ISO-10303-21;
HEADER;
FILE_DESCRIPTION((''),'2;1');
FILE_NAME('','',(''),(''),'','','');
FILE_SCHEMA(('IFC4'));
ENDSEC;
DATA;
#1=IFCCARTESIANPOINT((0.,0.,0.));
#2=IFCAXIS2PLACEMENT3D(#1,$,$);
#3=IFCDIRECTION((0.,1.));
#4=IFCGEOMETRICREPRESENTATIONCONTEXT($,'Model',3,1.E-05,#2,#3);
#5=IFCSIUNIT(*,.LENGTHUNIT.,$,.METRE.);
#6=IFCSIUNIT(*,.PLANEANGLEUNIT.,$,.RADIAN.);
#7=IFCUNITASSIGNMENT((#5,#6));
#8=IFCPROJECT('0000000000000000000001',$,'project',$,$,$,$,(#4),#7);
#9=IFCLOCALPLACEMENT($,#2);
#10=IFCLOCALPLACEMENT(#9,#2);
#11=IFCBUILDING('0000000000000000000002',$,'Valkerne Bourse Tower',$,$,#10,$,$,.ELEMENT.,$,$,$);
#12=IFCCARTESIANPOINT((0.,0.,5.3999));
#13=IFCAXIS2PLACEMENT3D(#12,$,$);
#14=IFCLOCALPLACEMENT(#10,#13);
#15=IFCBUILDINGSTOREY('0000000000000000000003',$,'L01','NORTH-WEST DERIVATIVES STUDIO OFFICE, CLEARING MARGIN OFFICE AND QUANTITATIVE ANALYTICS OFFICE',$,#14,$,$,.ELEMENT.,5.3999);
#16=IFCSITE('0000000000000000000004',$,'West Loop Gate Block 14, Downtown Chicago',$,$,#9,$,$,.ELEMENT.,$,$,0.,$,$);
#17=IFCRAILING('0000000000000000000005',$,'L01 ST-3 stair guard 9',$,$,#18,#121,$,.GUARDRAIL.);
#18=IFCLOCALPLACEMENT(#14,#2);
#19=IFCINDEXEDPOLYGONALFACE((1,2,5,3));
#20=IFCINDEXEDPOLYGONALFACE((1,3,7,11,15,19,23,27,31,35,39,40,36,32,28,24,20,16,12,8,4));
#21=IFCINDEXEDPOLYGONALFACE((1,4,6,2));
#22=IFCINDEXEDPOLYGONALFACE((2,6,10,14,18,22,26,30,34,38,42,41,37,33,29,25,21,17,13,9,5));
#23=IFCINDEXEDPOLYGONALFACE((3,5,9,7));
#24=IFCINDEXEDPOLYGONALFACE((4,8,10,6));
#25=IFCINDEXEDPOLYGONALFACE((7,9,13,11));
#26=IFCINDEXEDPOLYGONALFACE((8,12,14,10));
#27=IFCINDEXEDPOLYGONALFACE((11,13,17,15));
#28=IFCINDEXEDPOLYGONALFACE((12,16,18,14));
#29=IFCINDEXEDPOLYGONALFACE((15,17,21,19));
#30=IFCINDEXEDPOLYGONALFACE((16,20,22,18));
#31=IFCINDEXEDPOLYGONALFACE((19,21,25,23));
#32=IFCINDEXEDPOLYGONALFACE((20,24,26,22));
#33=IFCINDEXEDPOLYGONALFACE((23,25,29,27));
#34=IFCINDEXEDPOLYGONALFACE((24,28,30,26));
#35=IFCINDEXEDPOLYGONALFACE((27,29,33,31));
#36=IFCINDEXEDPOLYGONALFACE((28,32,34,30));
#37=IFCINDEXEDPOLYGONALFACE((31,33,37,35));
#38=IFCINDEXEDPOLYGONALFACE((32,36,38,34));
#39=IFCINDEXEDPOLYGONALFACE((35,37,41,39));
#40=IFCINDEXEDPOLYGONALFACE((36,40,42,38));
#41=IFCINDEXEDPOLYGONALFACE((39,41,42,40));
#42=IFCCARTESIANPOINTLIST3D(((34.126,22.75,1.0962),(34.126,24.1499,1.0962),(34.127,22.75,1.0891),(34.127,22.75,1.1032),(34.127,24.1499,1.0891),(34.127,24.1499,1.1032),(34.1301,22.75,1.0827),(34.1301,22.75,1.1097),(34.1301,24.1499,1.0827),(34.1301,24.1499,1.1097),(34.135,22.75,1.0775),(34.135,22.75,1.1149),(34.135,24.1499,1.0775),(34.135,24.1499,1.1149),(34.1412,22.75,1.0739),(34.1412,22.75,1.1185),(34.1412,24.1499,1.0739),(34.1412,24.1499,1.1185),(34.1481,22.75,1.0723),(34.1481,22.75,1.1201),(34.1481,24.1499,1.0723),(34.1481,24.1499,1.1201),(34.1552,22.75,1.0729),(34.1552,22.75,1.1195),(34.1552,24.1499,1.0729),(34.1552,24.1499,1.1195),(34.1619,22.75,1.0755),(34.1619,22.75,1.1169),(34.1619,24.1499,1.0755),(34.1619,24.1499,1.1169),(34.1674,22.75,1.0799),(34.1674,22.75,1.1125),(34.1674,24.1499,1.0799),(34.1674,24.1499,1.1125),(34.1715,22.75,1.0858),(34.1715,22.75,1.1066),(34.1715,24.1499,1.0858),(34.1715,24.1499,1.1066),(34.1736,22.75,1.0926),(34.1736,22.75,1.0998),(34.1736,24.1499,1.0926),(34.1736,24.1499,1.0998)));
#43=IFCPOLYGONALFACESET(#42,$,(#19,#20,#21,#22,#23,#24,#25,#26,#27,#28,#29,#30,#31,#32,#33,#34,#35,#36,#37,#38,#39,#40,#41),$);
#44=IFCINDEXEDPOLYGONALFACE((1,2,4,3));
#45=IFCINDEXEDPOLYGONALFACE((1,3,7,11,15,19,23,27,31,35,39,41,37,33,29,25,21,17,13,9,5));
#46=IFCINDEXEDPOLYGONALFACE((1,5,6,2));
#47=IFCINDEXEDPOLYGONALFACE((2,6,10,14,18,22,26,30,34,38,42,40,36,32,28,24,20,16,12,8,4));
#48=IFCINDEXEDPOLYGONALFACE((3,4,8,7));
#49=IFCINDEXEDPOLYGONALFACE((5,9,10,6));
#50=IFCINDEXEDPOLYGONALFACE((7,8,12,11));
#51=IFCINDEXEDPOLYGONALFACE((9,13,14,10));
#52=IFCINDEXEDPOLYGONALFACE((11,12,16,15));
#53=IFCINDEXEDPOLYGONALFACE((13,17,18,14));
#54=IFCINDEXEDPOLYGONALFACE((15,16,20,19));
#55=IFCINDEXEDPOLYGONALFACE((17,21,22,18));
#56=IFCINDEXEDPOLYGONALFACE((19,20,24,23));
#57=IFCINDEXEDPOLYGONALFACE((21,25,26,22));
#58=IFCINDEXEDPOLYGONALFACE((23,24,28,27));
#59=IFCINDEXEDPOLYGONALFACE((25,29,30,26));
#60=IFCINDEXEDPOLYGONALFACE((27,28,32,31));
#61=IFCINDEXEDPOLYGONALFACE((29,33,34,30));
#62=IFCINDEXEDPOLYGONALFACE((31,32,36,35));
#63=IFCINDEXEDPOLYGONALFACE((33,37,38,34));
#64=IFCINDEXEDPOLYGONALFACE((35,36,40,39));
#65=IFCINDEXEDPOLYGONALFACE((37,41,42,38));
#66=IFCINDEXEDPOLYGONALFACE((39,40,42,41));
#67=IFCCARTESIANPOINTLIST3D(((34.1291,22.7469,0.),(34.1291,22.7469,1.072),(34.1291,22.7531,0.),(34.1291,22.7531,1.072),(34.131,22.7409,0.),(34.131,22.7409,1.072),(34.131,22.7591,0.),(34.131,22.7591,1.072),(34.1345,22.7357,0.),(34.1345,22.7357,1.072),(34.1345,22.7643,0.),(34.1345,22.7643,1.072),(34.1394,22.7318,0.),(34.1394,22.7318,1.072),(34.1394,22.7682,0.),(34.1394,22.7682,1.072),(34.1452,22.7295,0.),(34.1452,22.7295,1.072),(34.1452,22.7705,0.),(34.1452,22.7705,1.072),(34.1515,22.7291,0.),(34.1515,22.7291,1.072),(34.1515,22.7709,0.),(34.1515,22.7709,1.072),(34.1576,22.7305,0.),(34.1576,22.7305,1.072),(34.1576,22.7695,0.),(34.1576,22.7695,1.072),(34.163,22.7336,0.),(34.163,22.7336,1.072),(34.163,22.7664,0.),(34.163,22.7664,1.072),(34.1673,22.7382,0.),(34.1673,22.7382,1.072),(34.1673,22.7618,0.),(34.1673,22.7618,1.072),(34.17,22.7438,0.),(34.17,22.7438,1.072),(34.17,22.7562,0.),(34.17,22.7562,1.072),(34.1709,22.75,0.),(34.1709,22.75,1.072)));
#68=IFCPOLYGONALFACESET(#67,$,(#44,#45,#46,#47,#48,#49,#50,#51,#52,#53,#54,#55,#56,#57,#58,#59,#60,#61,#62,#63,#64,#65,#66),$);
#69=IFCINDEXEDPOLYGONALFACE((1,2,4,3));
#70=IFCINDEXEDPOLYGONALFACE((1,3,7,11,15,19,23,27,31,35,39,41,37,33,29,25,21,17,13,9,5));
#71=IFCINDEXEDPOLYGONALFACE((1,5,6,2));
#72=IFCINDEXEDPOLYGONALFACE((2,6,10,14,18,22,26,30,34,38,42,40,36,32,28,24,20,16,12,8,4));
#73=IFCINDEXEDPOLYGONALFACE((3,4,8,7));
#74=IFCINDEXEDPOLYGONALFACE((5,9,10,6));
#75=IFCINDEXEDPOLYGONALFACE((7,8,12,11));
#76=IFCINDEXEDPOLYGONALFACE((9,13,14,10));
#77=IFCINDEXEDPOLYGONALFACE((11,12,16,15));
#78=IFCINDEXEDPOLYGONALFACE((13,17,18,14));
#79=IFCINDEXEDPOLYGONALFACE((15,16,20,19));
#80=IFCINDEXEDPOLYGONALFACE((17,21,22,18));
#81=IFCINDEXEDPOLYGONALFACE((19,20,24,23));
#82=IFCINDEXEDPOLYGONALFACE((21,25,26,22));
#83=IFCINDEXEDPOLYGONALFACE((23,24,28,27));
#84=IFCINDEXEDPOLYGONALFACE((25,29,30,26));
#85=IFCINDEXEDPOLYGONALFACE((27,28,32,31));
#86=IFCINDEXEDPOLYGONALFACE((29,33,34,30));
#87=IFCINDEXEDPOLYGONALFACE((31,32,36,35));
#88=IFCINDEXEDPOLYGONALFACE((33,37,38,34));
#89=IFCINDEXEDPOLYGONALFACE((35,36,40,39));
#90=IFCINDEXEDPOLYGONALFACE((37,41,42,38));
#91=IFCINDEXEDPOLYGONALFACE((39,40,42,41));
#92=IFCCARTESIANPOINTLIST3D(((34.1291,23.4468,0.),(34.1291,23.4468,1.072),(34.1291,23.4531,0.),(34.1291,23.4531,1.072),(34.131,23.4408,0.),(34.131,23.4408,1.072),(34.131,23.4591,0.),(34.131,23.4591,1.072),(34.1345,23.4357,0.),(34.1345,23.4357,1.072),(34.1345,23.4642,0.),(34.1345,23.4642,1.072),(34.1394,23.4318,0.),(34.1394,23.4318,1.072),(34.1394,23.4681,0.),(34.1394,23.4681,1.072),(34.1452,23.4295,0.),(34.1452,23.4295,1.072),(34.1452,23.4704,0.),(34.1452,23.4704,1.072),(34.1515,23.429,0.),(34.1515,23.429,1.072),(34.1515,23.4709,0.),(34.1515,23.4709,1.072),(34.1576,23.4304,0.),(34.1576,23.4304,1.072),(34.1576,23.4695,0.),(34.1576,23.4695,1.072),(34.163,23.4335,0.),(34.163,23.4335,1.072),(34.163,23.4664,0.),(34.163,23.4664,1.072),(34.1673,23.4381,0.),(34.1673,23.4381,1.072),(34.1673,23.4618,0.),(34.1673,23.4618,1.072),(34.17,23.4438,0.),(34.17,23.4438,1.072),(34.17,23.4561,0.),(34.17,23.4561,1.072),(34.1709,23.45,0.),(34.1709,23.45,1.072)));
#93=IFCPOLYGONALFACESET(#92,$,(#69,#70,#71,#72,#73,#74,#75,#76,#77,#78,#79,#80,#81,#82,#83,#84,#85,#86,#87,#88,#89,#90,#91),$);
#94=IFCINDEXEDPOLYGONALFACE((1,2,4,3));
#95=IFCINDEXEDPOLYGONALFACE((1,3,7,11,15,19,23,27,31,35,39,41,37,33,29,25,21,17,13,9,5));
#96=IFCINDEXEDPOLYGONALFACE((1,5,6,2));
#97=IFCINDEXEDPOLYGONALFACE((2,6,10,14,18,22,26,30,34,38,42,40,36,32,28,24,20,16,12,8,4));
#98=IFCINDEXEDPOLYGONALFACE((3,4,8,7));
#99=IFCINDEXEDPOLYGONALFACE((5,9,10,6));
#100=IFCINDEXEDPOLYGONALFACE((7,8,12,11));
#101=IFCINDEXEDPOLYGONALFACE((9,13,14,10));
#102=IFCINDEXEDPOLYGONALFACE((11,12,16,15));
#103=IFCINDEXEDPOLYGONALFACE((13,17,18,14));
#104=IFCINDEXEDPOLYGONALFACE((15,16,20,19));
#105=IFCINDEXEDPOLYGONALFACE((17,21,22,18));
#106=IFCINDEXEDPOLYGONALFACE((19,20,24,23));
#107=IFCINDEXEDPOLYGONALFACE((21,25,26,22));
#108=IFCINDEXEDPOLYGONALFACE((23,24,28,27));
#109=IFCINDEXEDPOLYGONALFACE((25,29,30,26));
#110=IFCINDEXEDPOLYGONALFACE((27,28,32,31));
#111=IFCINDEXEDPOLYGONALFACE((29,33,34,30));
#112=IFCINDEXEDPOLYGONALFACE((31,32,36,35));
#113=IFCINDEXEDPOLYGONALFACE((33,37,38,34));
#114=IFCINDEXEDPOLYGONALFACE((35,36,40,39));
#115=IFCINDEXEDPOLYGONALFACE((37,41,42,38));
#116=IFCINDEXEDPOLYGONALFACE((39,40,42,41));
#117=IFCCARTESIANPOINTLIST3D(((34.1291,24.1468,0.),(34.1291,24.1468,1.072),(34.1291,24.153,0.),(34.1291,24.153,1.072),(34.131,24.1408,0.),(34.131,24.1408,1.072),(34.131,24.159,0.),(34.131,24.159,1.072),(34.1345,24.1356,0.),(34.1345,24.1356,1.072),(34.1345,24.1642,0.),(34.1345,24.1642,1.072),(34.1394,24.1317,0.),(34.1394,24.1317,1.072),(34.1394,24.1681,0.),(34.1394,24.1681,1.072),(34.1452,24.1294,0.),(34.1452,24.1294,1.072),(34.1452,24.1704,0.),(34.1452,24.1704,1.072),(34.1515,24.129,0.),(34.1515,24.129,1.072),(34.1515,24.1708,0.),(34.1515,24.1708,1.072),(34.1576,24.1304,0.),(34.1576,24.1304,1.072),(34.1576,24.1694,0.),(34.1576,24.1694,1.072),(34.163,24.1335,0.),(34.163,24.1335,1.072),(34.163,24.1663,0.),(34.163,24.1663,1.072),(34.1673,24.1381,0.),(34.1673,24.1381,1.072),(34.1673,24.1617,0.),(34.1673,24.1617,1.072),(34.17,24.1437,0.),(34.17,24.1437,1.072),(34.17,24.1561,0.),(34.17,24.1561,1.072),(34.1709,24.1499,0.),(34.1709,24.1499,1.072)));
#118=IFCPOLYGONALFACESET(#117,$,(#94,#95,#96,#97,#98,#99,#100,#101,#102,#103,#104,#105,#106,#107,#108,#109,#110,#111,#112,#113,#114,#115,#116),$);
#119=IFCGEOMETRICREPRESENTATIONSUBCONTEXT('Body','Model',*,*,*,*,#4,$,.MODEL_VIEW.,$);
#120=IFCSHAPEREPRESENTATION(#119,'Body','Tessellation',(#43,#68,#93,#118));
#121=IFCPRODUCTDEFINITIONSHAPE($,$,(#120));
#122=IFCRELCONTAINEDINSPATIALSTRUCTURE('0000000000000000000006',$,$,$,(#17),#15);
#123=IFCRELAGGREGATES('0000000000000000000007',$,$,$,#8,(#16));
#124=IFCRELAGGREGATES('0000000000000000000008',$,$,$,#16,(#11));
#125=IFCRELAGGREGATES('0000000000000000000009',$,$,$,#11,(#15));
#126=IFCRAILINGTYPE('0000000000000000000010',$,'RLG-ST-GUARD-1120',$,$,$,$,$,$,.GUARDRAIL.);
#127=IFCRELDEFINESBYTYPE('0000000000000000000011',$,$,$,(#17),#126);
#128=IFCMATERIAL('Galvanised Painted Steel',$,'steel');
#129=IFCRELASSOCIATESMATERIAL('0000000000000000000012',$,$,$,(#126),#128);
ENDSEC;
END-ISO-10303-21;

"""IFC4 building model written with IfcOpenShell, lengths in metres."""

from ifc_helpers import new_model, si_unit, direction, frame, origin, origin_2d, place, context, subcontext, project, spatial, circle, extrude, material, type_object, element, save


model = new_model("IFC4")

# Units and contexts
model_context = context("Model", 3, precision=1e-05, world=origin(), true_north=direction((0.0, 1.0)))
body_context = subcontext(model_context, "Body", "Model", "MODEL_VIEW")
ifc_project = project(units=[si_unit("LENGTHUNIT", "METRE"), si_unit("PLANEANGLEUNIT", "RADIAN")], contexts=[model_context])

# Site, building, storey
site_placement = place(None, origin())
site = spatial("IfcSite", under=ifc_project, at=site_placement, Name="West Loop Gate Block 14, Downtown Chicago", CompositionType="ELEMENT", RefElevation=0.0)
building_placement = place(site_placement, origin())
building = spatial("IfcBuilding", under=site, at=building_placement, Name="Valkerne Bourse Tower", CompositionType="ELEMENT")
storey_placement = place(building_placement, frame((0.0, 0.0, 5.3999)))
storey = spatial("IfcBuildingStorey", under=building, at=storey_placement, Name="L01", Description="NORTH-WEST DERIVATIVES STUDIO OFFICE, CLEARING MARGIN OFFICE AND QUANTITATIVE ANALYTICS OFFICE", CompositionType="ELEMENT", Elevation=5.3999)

# Shared definitions
ifc_material_1 = material(Name="Galvanised Painted Steel", Category="steel")

# Railing
railing_type_1 = type_object("IfcRailingType", Name="RLG-ST-GUARD-1120", PredefinedType="GUARDRAIL", material=ifc_material_1)
for number, where, name in (
    (1, (34.1499, 22.75, 0.0), "L01 ST-3 stair guard 9"),
):
    element("IfcRailing", number, at=place(storey_placement, frame(where)), inside=storey, type_object=railing_type_1, Name=name, PredefinedType="GUARDRAIL", context=body_context, shape_type="SweptSolid", body=[
        extrude(circle(Radius=0.0239, at=origin_2d()), frame((0.0, 0.0, 1.0962), z_axis=(0.0, 1.0, 0.0), x_axis=(-1.0, 0.0, 0.0)), (0.0, 0.0, 1.0), 1.3999),
        extrude(circle(Radius=0.021, at=origin_2d()), origin(), (0.0, 0.0, 1.0), 1.072),
        extrude(circle(Radius=0.021, at=origin_2d()), frame((0.0, 0.7, 0.0)), (0.0, 0.0, 1.0), 1.072),
        extrude(circle(Radius=0.021, at=origin_2d()), frame((0.0, 1.3999, 0.0)), (0.0, 0.0, 1.0), 1.072),
    ])

save(model, "model.ifc")
